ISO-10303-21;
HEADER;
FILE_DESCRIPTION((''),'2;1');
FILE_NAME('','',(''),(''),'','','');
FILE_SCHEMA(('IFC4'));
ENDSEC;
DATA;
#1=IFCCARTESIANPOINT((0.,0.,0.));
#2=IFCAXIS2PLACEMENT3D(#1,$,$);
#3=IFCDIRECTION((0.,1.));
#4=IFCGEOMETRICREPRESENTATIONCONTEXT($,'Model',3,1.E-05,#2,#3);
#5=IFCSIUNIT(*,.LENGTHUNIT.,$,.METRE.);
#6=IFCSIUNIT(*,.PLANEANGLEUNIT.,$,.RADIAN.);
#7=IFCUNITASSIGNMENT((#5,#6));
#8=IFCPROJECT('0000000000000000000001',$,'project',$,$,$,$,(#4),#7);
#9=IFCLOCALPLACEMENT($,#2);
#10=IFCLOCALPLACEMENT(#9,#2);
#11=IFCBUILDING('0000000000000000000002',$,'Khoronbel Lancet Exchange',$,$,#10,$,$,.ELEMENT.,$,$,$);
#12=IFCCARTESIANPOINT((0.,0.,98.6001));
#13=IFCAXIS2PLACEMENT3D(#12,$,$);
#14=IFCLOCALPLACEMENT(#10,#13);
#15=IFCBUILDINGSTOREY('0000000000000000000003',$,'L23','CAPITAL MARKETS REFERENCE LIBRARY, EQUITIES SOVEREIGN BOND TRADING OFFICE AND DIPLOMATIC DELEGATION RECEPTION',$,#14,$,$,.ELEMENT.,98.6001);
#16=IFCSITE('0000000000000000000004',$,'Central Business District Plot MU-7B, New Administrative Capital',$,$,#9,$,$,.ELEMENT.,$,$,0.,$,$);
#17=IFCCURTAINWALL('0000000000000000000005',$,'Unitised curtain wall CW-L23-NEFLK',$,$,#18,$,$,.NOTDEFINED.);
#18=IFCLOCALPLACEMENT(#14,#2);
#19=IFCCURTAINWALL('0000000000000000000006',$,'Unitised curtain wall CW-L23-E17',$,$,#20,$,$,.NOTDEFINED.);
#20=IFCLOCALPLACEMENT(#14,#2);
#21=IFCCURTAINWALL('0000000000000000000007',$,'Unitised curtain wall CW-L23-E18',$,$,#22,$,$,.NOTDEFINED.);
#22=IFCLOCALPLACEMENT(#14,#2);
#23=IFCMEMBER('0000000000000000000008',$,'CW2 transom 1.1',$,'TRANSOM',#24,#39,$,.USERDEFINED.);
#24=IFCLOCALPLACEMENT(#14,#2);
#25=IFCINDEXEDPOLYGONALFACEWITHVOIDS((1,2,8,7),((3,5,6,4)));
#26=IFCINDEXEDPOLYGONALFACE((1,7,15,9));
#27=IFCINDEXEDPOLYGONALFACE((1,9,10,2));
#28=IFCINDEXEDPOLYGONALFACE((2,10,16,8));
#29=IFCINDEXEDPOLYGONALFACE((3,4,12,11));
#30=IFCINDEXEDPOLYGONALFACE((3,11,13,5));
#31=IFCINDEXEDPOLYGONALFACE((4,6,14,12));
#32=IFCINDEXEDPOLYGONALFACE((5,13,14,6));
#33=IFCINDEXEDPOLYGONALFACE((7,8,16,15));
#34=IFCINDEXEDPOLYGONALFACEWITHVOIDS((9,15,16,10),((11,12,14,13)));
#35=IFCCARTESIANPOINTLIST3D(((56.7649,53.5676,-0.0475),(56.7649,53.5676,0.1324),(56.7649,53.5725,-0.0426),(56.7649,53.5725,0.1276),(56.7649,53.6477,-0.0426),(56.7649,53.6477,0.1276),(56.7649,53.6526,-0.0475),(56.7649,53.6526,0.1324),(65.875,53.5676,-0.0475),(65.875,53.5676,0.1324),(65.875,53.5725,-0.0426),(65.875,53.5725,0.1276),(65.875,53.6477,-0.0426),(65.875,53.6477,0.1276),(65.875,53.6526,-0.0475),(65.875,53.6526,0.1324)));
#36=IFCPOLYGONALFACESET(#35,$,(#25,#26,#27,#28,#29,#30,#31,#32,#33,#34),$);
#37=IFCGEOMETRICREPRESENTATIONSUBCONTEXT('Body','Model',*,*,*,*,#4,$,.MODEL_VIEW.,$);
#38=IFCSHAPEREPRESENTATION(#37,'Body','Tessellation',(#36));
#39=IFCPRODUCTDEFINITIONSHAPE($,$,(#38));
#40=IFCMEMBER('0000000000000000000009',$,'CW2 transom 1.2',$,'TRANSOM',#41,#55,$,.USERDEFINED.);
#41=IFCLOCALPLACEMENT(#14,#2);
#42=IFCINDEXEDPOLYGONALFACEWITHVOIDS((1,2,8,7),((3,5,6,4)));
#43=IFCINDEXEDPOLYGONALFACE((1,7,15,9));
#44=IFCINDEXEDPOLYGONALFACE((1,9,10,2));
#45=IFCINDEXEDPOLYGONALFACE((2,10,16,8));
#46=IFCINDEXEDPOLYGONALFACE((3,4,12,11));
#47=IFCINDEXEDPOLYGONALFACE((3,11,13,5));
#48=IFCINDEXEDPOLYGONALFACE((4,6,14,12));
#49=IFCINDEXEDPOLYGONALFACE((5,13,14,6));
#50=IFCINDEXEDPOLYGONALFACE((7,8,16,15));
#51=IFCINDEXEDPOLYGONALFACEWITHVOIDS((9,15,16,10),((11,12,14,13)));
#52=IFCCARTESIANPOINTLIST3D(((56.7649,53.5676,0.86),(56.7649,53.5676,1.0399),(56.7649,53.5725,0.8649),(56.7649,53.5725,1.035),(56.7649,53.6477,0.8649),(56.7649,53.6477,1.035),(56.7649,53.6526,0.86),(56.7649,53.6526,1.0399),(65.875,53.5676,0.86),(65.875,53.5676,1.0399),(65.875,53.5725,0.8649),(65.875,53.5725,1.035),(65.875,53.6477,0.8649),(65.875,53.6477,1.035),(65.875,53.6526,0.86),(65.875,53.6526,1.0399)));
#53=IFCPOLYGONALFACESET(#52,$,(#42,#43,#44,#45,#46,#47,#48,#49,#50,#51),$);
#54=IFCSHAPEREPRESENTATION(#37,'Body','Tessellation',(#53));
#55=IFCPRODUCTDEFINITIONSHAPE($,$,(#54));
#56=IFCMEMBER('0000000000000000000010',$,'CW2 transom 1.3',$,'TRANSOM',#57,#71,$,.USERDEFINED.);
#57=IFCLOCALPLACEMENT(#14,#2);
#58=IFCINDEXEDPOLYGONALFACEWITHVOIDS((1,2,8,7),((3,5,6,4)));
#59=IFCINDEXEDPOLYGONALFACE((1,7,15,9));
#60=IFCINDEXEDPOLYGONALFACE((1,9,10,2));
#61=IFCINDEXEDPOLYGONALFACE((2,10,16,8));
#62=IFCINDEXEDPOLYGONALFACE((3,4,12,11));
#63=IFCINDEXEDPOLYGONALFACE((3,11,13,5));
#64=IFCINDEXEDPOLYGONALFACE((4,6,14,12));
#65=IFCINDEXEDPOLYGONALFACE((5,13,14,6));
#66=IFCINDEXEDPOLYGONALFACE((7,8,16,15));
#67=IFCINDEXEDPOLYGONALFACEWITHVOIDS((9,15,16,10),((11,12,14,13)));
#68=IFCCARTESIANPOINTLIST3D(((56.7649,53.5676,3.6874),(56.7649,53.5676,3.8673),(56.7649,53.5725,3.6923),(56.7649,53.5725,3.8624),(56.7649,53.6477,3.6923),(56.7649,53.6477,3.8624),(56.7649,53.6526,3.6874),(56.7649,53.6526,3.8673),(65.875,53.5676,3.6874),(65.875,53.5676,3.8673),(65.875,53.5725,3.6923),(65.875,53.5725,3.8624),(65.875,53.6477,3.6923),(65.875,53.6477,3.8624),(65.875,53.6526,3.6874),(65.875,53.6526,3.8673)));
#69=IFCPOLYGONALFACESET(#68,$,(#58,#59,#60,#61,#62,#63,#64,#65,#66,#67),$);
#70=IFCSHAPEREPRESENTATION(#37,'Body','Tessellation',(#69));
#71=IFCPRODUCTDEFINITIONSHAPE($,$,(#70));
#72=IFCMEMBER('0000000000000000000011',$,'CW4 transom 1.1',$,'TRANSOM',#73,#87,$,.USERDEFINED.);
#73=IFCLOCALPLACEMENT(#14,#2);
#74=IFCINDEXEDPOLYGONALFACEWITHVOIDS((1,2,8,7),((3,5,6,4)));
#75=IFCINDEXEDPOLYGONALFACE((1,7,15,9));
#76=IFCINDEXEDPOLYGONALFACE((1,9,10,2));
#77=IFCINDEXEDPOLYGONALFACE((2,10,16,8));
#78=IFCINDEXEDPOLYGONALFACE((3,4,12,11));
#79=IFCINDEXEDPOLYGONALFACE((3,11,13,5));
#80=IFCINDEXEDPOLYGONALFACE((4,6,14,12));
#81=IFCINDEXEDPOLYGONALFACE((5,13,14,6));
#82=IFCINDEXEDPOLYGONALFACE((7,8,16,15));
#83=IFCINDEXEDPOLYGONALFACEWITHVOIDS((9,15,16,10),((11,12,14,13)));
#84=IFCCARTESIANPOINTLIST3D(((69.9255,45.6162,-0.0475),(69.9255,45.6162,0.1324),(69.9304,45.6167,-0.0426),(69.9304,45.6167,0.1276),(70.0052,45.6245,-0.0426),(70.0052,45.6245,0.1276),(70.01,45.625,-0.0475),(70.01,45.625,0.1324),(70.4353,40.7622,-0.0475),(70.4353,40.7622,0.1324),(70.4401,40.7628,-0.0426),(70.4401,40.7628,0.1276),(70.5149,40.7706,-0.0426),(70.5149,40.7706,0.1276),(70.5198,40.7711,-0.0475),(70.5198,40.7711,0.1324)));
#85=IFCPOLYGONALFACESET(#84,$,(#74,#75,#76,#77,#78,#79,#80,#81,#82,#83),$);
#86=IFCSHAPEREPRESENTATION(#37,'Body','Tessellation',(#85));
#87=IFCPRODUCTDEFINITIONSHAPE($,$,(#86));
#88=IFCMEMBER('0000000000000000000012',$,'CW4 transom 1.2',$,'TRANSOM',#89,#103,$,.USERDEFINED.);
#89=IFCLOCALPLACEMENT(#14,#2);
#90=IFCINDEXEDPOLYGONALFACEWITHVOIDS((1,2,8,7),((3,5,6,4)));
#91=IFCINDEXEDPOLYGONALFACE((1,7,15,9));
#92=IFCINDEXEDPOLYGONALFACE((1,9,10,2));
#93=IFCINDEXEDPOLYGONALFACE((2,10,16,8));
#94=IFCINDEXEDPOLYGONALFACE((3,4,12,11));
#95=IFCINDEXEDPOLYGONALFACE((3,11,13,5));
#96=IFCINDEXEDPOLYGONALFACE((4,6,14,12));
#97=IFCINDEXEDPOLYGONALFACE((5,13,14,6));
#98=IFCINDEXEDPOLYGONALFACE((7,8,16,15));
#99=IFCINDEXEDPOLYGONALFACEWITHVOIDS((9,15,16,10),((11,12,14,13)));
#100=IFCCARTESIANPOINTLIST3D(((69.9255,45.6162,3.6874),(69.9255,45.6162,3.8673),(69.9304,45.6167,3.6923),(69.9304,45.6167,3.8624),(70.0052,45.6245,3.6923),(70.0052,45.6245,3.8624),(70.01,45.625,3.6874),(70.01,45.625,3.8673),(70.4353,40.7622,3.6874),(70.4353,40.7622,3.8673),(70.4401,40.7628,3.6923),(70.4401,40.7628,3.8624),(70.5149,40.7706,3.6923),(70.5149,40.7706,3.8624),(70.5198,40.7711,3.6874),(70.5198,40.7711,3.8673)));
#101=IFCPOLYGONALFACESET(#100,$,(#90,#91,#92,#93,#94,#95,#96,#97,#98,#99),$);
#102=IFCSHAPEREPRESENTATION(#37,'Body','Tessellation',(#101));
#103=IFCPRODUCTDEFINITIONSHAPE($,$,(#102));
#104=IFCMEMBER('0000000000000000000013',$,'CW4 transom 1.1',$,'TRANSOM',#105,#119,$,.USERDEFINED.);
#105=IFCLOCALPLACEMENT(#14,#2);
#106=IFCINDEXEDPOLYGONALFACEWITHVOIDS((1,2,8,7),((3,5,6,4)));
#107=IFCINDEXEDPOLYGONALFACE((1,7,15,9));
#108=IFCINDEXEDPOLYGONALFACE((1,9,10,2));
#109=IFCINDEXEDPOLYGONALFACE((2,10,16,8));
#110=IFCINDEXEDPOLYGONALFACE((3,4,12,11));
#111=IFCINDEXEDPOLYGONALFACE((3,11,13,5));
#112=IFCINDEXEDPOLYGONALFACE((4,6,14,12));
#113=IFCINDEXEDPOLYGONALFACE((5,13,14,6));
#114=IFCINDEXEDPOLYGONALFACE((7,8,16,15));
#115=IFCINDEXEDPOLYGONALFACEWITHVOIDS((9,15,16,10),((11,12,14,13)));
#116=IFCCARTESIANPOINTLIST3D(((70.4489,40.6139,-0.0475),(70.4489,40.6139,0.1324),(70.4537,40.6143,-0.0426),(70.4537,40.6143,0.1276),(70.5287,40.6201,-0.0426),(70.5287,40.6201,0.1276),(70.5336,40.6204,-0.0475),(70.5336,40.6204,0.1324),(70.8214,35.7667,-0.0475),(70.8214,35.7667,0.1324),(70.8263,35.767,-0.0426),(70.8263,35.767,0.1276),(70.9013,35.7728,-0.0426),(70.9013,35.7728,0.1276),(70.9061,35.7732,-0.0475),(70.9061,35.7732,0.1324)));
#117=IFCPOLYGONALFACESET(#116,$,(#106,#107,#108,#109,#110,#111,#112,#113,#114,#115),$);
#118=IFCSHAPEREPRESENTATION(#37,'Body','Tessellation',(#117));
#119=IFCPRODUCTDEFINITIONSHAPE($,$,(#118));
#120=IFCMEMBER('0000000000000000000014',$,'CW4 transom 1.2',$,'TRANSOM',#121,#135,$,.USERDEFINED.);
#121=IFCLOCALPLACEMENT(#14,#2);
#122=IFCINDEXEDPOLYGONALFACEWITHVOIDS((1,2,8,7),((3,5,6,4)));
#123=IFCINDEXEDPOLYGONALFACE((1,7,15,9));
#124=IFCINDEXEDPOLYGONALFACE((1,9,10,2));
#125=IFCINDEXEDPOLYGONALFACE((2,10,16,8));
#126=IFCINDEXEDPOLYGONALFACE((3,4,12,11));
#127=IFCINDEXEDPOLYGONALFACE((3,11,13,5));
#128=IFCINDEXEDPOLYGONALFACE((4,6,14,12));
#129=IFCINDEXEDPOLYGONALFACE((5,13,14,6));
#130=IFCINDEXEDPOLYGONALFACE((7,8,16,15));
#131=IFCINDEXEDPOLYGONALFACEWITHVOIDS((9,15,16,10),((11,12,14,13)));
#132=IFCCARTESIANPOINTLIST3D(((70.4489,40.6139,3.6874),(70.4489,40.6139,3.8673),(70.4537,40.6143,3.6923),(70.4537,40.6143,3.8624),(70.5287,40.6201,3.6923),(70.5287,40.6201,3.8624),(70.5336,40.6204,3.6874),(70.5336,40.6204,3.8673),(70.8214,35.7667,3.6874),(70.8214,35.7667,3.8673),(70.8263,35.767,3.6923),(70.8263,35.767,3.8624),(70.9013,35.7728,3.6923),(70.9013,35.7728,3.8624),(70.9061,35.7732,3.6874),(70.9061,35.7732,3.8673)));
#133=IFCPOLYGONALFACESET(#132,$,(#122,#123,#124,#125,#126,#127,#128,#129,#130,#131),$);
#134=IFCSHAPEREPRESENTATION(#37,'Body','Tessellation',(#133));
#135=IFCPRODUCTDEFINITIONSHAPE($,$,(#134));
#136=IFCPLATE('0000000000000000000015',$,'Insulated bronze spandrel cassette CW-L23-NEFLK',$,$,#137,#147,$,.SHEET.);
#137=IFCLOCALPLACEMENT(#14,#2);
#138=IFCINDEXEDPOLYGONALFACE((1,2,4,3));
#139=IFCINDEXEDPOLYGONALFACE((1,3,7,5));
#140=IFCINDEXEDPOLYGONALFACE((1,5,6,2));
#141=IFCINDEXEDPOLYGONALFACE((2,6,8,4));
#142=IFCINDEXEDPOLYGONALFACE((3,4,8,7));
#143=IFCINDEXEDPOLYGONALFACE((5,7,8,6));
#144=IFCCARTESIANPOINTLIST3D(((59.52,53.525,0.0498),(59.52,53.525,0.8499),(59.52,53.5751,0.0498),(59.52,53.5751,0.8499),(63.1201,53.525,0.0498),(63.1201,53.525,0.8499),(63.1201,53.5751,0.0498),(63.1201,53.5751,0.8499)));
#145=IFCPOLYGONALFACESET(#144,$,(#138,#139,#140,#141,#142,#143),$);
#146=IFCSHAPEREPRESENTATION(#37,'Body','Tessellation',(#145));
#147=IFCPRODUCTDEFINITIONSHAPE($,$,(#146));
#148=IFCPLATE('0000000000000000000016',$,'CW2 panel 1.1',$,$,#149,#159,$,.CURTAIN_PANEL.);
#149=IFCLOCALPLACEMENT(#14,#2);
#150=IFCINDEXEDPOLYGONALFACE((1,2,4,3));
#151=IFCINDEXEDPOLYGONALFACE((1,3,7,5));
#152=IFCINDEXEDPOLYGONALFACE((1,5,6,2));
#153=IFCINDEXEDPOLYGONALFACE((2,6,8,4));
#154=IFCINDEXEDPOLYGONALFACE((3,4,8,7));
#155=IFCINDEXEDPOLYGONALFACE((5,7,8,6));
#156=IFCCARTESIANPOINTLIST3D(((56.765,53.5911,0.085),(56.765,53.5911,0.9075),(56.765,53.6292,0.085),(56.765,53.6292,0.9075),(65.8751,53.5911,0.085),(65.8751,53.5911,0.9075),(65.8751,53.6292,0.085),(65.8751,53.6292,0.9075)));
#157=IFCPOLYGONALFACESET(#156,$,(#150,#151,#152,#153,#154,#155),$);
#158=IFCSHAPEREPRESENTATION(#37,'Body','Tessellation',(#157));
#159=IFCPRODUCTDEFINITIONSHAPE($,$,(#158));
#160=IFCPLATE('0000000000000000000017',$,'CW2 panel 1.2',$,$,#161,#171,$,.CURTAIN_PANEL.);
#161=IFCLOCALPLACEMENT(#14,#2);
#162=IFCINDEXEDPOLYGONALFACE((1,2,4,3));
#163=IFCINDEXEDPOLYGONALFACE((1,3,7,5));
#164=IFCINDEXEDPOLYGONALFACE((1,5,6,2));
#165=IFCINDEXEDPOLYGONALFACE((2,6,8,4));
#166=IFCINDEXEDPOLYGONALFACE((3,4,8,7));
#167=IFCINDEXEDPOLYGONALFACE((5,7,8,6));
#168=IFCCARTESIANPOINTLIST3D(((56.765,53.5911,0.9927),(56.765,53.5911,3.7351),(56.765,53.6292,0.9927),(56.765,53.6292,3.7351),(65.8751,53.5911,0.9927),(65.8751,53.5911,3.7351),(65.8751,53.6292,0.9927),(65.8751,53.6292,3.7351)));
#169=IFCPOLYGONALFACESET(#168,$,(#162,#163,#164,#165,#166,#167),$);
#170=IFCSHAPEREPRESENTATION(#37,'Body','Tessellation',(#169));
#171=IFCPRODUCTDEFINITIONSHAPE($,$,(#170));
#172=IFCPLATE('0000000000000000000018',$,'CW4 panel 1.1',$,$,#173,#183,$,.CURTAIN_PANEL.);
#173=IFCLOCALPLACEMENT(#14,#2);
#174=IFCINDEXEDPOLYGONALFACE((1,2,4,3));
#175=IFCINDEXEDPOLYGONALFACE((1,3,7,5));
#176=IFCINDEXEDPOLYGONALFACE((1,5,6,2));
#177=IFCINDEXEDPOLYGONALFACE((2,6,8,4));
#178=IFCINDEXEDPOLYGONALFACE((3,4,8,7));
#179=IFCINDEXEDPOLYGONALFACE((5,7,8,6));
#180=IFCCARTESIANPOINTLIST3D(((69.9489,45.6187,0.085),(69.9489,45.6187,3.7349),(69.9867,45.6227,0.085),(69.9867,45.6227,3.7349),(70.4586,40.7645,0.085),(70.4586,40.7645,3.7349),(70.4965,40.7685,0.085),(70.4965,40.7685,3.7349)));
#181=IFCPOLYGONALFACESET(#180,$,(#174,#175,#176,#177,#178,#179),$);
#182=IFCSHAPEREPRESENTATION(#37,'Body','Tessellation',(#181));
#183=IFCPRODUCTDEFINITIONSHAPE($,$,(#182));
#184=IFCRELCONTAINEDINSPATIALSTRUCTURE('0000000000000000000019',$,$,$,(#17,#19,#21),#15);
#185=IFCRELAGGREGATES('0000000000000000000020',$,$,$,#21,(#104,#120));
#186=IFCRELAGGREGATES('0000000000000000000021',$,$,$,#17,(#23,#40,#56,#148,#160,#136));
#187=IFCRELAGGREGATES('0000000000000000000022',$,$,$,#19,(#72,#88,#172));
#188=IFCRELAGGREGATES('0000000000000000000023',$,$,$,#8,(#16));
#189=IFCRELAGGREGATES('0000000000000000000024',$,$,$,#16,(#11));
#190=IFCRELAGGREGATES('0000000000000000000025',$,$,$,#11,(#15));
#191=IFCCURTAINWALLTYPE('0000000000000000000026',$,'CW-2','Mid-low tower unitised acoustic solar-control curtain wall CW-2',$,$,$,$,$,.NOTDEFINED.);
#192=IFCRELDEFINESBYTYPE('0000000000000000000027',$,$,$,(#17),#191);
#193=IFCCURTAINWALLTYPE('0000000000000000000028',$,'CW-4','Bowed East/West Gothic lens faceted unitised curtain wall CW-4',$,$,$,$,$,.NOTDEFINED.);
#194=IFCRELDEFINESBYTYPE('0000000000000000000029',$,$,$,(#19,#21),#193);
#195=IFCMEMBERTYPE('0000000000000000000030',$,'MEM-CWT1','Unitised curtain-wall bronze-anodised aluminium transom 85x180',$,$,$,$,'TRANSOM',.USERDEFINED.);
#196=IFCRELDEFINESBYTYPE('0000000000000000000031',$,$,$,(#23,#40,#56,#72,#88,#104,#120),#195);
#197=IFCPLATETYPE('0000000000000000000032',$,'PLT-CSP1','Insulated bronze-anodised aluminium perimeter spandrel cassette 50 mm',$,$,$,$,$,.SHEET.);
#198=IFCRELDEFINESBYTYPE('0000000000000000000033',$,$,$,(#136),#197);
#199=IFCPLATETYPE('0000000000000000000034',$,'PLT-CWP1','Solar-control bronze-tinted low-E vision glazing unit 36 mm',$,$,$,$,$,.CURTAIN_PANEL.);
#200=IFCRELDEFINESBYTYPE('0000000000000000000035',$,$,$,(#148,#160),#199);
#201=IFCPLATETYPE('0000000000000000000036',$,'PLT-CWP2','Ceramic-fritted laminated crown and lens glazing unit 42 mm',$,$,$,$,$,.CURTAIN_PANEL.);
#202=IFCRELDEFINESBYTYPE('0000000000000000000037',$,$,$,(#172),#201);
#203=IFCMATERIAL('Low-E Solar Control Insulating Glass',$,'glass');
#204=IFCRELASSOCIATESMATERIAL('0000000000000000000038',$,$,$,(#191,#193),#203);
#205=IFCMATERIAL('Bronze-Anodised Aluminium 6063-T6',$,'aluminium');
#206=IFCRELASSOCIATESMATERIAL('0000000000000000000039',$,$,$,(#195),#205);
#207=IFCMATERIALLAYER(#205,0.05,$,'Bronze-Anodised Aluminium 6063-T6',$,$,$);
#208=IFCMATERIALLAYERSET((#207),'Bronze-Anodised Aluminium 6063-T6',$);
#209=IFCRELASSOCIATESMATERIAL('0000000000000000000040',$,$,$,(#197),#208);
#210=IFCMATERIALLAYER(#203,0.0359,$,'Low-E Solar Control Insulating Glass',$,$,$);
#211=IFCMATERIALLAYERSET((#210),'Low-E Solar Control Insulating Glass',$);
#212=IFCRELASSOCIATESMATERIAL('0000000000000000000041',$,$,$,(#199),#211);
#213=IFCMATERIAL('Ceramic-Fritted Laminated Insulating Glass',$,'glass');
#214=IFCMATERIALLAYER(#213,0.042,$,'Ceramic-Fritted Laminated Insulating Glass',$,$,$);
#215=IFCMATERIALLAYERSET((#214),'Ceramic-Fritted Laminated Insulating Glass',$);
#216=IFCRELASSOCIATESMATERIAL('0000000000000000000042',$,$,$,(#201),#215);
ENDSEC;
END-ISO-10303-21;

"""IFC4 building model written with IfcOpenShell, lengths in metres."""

from ifc_helpers import new_model, si_unit, direction, frame, origin, origin_2d, place, context, subcontext, project, spatial, rectangle, hollow_rectangle, extrude, material, layer, layer_set, material_profile, profile_set, type_object, element, aggregate, save


model = new_model("IFC4")

# Units and contexts
model_context = context("Model", 3, precision=1e-05, world=origin(), true_north=direction((0.0, 1.0)))
body_context = subcontext(model_context, "Body", "Model", "MODEL_VIEW")
ifc_project = project(units=[si_unit("LENGTHUNIT", "METRE"), si_unit("PLANEANGLEUNIT", "RADIAN")], contexts=[model_context])

# Site, building, storey
site_placement = place(None, origin())
site = spatial("IfcSite", under=ifc_project, at=site_placement, Name="Central Business District Plot MU-7B, New Administrative Capital", CompositionType="ELEMENT", RefElevation=0.0)
building_placement = place(site_placement, origin())
building = spatial("IfcBuilding", under=site, at=building_placement, Name="Khoronbel Lancet Exchange", CompositionType="ELEMENT")
storey_placement = place(building_placement, frame((0.0, 0.0, 98.6001)))
storey = spatial("IfcBuildingStorey", under=building, at=storey_placement, Name="L23", Description="CAPITAL MARKETS REFERENCE LIBRARY, EQUITIES SOVEREIGN BOND TRADING OFFICE AND DIPLOMATIC DELEGATION RECEPTION", CompositionType="ELEMENT", Elevation=98.6001)

# Curtain walls
ifc_material_1 = material(Name="Low-E Solar Control Insulating Glass", Category="glass")
curtain_wall_type_1 = type_object("IfcCurtainWallType", Name="CW-2", Description="Mid-low tower unitised acoustic solar-control curtain wall CW-2", PredefinedType="NOTDEFINED", material=ifc_material_1)
curtain_wall_1_placement = place(storey_placement, origin())
curtain_wall_1 = element("IfcCurtainWall", 1, at=curtain_wall_1_placement, inside=storey, type_object=curtain_wall_type_1, Name="Unitised curtain wall CW-L23-NEFLK", PredefinedType="NOTDEFINED")
ifc_material_2 = material(Name="Bronze-Anodised Aluminium 6063-T6", Category="aluminium")
curtain_wall_type_2 = type_object("IfcCurtainWallType", Name="CW-4", Description="Bowed East/West Gothic lens faceted unitised curtain wall CW-4", PredefinedType="NOTDEFINED", material=ifc_material_1)
curtain_wall_2_placement = place(storey_placement, origin())
curtain_wall_2 = element("IfcCurtainWall", 2, at=curtain_wall_2_placement, inside=storey, type_object=curtain_wall_type_2, Name="Unitised curtain wall CW-L23-E17", PredefinedType="NOTDEFINED")

# Curtain wall
curtain_wall_3_placement = place(storey_placement, origin())
curtain_wall_3 = element("IfcCurtainWall", 3, at=curtain_wall_3_placement, inside=storey, type_object=curtain_wall_type_2, Name="Unitised curtain wall CW-L23-E18", PredefinedType="NOTDEFINED")

# Members
ifc_material_profile_1 = material_profile(ifc_material_2, hollow_rectangle(XDim=0.085, YDim=0.1799, WallThickness=0.0049, at=origin_2d()), Name="ALU TRANSOM 85x180")
ifc_profile_set_1 = profile_set([ifc_material_profile_1], Name="Bronze-Anodised Aluminium 6063-T6")
member_type_1 = type_object("IfcMemberType", Name="MEM-CWT1", Description="Unitised curtain-wall bronze-anodised aluminium transom 85x180", ElementType="TRANSOM", PredefinedType="USERDEFINED", material=ifc_profile_set_1)
member_1_placement = place(storey_placement, frame((65.875, 53.6101, 0.0425), z_axis=(-1.0, 0.0, 0.0), x_axis=(0.0, -1.0, 0.0)))
member_1 = element("IfcMember", 4, at=member_1_placement, type_object=member_type_1, Name="CW2 transom 1.1", ObjectType="TRANSOM", PredefinedType="USERDEFINED", context=body_context, shape_type="SweptSolid", body=[
    extrude(hollow_rectangle(XDim=0.085, YDim=0.1799, WallThickness=0.0049, at=origin_2d()), origin(), (0.0, 0.0, 1.0), 9.1101),
])
member_2_placement = place(storey_placement, frame((65.875, 53.6101, 0.95), z_axis=(-1.0, 0.0, 0.0), x_axis=(0.0, -1.0, 0.0)))
member_2 = element("IfcMember", 5, at=member_2_placement, type_object=member_type_1, Name="CW2 transom 1.2", ObjectType="TRANSOM", PredefinedType="USERDEFINED", context=body_context, shape_type="SweptSolid", body=[
    extrude(hollow_rectangle(XDim=0.085, YDim=0.1799, WallThickness=0.0049, at=origin_2d()), origin(), (0.0, 0.0, 1.0), 9.1101),
])
member_3_placement = place(storey_placement, frame((65.875, 53.6101, 3.7773), z_axis=(-1.0, 0.0, 0.0), x_axis=(0.0, -1.0, 0.0)))
member_3 = element("IfcMember", 6, at=member_3_placement, type_object=member_type_1, Name="CW2 transom 1.3", ObjectType="TRANSOM", PredefinedType="USERDEFINED", context=body_context, shape_type="SweptSolid", body=[
    extrude(hollow_rectangle(XDim=0.085, YDim=0.1799, WallThickness=0.0049, at=origin_2d()), origin(), (0.0, 0.0, 1.0), 9.1101),
])
member_4_placement = place(storey_placement, frame((69.9678, 45.6206, 0.0425), z_axis=(0.104445, -0.994531, 0.0), x_axis=(0.994531, 0.104445, 0.0)))
member_4 = element("IfcMember", 7, at=member_4_placement, type_object=member_type_1, Name="CW4 transom 1.1", ObjectType="TRANSOM", PredefinedType="USERDEFINED", context=body_context, shape_type="SweptSolid", body=[
    extrude(hollow_rectangle(XDim=0.085, YDim=0.1799, WallThickness=0.0049, at=origin_2d()), origin(), (0.0, 0.0, 1.0), 4.8806),
])
member_5_placement = place(storey_placement, frame((69.9678, 45.6206, 3.7773), z_axis=(0.104445, -0.994531, 0.0), x_axis=(0.994531, 0.104445, 0.0)))
member_5 = element("IfcMember", 8, at=member_5_placement, type_object=member_type_1, Name="CW4 transom 1.2", ObjectType="TRANSOM", PredefinedType="USERDEFINED", context=body_context, shape_type="SweptSolid", body=[
    extrude(hollow_rectangle(XDim=0.085, YDim=0.1799, WallThickness=0.0049, at=origin_2d()), origin(), (0.0, 0.0, 1.0), 4.8806),
])
member_6_placement = place(storey_placement, frame((70.4912, 40.6172, 0.0425), z_axis=(0.076635, -0.997059, 0.0), x_axis=(0.997059, 0.076635, 0.0)))
member_6 = element("IfcMember", 9, at=member_6_placement, type_object=member_type_1, Name="CW4 transom 1.1", ObjectType="TRANSOM", PredefinedType="USERDEFINED", context=body_context, shape_type="SweptSolid", body=[
    extrude(hollow_rectangle(XDim=0.085, YDim=0.1799, WallThickness=0.0049, at=origin_2d()), origin(), (0.0, 0.0, 1.0), 4.8616),
])
member_7_placement = place(storey_placement, frame((70.4912, 40.6172, 3.7773), z_axis=(0.076635, -0.997059, 0.0), x_axis=(0.997059, 0.076635, 0.0)))
member_7 = element("IfcMember", 10, at=member_7_placement, type_object=member_type_1, Name="CW4 transom 1.2", ObjectType="TRANSOM", PredefinedType="USERDEFINED", context=body_context, shape_type="SweptSolid", body=[
    extrude(hollow_rectangle(XDim=0.085, YDim=0.1799, WallThickness=0.0049, at=origin_2d()), origin(), (0.0, 0.0, 1.0), 4.8616),
])
aggregate(curtain_wall_3, [member_6, member_7])

# Plates
ifc_layer_1 = layer(ifc_material_2, 0.05, Name="Bronze-Anodised Aluminium 6063-T6")
ifc_layer_set_1 = layer_set([ifc_layer_1], Name="Bronze-Anodised Aluminium 6063-T6")
plate_type_1 = type_object("IfcPlateType", Name="PLT-CSP1", Description="Insulated bronze-anodised aluminium perimeter spandrel cassette 50 mm", PredefinedType="SHEET", material=ifc_layer_set_1)
plate_1_placement = place(storey_placement, frame((61.3201, 53.55, 0.0498), z_axis=(0.0, 0.0, 1.0), x_axis=(-1.0, 0.0, 0.0)))
plate_1 = element("IfcPlate", 11, at=plate_1_placement, type_object=plate_type_1, Name="Insulated bronze spandrel cassette CW-L23-NEFLK", PredefinedType="SHEET", context=body_context, shape_type="SweptSolid", body=[
    extrude(rectangle(XDim=3.6001, YDim=0.05, at=origin_2d()), origin(), (0.0, 0.0, 1.0), 0.8),
])
ifc_layer_2 = layer(ifc_material_1, 0.0359, Name="Low-E Solar Control Insulating Glass")
ifc_layer_set_2 = layer_set([ifc_layer_2], Name="Low-E Solar Control Insulating Glass")
plate_type_2 = type_object("IfcPlateType", Name="PLT-CWP1", Description="Solar-control bronze-tinted low-E vision glazing unit 36 mm", PredefinedType="CURTAIN_PANEL", material=ifc_layer_set_2)
plate_2_placement = place(storey_placement, frame((61.3201, 53.6101, 0.085), z_axis=(0.0, 0.0, 1.0), x_axis=(-1.0, 0.0, 0.0)))
plate_2 = element("IfcPlate", 12, at=plate_2_placement, type_object=plate_type_2, Name="CW2 panel 1.1", PredefinedType="CURTAIN_PANEL", context=body_context, shape_type="SweptSolid", body=[
    extrude(rectangle(XDim=9.1101, YDim=0.0381, at=origin_2d()), origin(), (0.0, 0.0, 1.0), 0.8225),
])
plate_3_placement = place(storey_placement, frame((61.3201, 53.6101, 0.9927), z_axis=(0.0, 0.0, 1.0), x_axis=(-1.0, 0.0, 0.0)))
plate_3 = element("IfcPlate", 13, at=plate_3_placement, type_object=plate_type_2, Name="CW2 panel 1.2", PredefinedType="CURTAIN_PANEL", context=body_context, shape_type="SweptSolid", body=[
    extrude(rectangle(XDim=9.1101, YDim=0.0381, at=origin_2d()), origin(), (0.0, 0.0, 1.0), 2.7424),
])
aggregate(curtain_wall_1, [member_1, member_2, member_3, plate_2, plate_3, plate_1])
ifc_material_3 = material(Name="Ceramic-Fritted Laminated Insulating Glass", Category="glass")
ifc_layer_3 = layer(ifc_material_3, 0.042, Name="Ceramic-Fritted Laminated Insulating Glass")
ifc_layer_set_3 = layer_set([ifc_layer_3], Name="Ceramic-Fritted Laminated Insulating Glass")
plate_type_3 = type_object("IfcPlateType", Name="PLT-CWP2", Description="Ceramic-fritted laminated crown and lens glazing unit 42 mm", PredefinedType="CURTAIN_PANEL", material=ifc_layer_set_3)
plate_4_placement = place(storey_placement, frame((70.2227, 43.1936, 0.085), z_axis=(0.0, 0.0, 1.0), x_axis=(0.104434, -0.994532, 0.0)))
plate_4 = element("IfcPlate", 14, at=plate_4_placement, type_object=plate_type_3, Name="CW4 panel 1.1", PredefinedType="CURTAIN_PANEL", context=body_context, shape_type="SweptSolid", body=[
    extrude(rectangle(XDim=4.8809, YDim=0.0381, at=origin_2d()), origin(), (0.0, 0.0, 1.0), 3.6499),
])
aggregate(curtain_wall_2, [member_4, member_5, plate_4])

save(model, "model.ifc")
